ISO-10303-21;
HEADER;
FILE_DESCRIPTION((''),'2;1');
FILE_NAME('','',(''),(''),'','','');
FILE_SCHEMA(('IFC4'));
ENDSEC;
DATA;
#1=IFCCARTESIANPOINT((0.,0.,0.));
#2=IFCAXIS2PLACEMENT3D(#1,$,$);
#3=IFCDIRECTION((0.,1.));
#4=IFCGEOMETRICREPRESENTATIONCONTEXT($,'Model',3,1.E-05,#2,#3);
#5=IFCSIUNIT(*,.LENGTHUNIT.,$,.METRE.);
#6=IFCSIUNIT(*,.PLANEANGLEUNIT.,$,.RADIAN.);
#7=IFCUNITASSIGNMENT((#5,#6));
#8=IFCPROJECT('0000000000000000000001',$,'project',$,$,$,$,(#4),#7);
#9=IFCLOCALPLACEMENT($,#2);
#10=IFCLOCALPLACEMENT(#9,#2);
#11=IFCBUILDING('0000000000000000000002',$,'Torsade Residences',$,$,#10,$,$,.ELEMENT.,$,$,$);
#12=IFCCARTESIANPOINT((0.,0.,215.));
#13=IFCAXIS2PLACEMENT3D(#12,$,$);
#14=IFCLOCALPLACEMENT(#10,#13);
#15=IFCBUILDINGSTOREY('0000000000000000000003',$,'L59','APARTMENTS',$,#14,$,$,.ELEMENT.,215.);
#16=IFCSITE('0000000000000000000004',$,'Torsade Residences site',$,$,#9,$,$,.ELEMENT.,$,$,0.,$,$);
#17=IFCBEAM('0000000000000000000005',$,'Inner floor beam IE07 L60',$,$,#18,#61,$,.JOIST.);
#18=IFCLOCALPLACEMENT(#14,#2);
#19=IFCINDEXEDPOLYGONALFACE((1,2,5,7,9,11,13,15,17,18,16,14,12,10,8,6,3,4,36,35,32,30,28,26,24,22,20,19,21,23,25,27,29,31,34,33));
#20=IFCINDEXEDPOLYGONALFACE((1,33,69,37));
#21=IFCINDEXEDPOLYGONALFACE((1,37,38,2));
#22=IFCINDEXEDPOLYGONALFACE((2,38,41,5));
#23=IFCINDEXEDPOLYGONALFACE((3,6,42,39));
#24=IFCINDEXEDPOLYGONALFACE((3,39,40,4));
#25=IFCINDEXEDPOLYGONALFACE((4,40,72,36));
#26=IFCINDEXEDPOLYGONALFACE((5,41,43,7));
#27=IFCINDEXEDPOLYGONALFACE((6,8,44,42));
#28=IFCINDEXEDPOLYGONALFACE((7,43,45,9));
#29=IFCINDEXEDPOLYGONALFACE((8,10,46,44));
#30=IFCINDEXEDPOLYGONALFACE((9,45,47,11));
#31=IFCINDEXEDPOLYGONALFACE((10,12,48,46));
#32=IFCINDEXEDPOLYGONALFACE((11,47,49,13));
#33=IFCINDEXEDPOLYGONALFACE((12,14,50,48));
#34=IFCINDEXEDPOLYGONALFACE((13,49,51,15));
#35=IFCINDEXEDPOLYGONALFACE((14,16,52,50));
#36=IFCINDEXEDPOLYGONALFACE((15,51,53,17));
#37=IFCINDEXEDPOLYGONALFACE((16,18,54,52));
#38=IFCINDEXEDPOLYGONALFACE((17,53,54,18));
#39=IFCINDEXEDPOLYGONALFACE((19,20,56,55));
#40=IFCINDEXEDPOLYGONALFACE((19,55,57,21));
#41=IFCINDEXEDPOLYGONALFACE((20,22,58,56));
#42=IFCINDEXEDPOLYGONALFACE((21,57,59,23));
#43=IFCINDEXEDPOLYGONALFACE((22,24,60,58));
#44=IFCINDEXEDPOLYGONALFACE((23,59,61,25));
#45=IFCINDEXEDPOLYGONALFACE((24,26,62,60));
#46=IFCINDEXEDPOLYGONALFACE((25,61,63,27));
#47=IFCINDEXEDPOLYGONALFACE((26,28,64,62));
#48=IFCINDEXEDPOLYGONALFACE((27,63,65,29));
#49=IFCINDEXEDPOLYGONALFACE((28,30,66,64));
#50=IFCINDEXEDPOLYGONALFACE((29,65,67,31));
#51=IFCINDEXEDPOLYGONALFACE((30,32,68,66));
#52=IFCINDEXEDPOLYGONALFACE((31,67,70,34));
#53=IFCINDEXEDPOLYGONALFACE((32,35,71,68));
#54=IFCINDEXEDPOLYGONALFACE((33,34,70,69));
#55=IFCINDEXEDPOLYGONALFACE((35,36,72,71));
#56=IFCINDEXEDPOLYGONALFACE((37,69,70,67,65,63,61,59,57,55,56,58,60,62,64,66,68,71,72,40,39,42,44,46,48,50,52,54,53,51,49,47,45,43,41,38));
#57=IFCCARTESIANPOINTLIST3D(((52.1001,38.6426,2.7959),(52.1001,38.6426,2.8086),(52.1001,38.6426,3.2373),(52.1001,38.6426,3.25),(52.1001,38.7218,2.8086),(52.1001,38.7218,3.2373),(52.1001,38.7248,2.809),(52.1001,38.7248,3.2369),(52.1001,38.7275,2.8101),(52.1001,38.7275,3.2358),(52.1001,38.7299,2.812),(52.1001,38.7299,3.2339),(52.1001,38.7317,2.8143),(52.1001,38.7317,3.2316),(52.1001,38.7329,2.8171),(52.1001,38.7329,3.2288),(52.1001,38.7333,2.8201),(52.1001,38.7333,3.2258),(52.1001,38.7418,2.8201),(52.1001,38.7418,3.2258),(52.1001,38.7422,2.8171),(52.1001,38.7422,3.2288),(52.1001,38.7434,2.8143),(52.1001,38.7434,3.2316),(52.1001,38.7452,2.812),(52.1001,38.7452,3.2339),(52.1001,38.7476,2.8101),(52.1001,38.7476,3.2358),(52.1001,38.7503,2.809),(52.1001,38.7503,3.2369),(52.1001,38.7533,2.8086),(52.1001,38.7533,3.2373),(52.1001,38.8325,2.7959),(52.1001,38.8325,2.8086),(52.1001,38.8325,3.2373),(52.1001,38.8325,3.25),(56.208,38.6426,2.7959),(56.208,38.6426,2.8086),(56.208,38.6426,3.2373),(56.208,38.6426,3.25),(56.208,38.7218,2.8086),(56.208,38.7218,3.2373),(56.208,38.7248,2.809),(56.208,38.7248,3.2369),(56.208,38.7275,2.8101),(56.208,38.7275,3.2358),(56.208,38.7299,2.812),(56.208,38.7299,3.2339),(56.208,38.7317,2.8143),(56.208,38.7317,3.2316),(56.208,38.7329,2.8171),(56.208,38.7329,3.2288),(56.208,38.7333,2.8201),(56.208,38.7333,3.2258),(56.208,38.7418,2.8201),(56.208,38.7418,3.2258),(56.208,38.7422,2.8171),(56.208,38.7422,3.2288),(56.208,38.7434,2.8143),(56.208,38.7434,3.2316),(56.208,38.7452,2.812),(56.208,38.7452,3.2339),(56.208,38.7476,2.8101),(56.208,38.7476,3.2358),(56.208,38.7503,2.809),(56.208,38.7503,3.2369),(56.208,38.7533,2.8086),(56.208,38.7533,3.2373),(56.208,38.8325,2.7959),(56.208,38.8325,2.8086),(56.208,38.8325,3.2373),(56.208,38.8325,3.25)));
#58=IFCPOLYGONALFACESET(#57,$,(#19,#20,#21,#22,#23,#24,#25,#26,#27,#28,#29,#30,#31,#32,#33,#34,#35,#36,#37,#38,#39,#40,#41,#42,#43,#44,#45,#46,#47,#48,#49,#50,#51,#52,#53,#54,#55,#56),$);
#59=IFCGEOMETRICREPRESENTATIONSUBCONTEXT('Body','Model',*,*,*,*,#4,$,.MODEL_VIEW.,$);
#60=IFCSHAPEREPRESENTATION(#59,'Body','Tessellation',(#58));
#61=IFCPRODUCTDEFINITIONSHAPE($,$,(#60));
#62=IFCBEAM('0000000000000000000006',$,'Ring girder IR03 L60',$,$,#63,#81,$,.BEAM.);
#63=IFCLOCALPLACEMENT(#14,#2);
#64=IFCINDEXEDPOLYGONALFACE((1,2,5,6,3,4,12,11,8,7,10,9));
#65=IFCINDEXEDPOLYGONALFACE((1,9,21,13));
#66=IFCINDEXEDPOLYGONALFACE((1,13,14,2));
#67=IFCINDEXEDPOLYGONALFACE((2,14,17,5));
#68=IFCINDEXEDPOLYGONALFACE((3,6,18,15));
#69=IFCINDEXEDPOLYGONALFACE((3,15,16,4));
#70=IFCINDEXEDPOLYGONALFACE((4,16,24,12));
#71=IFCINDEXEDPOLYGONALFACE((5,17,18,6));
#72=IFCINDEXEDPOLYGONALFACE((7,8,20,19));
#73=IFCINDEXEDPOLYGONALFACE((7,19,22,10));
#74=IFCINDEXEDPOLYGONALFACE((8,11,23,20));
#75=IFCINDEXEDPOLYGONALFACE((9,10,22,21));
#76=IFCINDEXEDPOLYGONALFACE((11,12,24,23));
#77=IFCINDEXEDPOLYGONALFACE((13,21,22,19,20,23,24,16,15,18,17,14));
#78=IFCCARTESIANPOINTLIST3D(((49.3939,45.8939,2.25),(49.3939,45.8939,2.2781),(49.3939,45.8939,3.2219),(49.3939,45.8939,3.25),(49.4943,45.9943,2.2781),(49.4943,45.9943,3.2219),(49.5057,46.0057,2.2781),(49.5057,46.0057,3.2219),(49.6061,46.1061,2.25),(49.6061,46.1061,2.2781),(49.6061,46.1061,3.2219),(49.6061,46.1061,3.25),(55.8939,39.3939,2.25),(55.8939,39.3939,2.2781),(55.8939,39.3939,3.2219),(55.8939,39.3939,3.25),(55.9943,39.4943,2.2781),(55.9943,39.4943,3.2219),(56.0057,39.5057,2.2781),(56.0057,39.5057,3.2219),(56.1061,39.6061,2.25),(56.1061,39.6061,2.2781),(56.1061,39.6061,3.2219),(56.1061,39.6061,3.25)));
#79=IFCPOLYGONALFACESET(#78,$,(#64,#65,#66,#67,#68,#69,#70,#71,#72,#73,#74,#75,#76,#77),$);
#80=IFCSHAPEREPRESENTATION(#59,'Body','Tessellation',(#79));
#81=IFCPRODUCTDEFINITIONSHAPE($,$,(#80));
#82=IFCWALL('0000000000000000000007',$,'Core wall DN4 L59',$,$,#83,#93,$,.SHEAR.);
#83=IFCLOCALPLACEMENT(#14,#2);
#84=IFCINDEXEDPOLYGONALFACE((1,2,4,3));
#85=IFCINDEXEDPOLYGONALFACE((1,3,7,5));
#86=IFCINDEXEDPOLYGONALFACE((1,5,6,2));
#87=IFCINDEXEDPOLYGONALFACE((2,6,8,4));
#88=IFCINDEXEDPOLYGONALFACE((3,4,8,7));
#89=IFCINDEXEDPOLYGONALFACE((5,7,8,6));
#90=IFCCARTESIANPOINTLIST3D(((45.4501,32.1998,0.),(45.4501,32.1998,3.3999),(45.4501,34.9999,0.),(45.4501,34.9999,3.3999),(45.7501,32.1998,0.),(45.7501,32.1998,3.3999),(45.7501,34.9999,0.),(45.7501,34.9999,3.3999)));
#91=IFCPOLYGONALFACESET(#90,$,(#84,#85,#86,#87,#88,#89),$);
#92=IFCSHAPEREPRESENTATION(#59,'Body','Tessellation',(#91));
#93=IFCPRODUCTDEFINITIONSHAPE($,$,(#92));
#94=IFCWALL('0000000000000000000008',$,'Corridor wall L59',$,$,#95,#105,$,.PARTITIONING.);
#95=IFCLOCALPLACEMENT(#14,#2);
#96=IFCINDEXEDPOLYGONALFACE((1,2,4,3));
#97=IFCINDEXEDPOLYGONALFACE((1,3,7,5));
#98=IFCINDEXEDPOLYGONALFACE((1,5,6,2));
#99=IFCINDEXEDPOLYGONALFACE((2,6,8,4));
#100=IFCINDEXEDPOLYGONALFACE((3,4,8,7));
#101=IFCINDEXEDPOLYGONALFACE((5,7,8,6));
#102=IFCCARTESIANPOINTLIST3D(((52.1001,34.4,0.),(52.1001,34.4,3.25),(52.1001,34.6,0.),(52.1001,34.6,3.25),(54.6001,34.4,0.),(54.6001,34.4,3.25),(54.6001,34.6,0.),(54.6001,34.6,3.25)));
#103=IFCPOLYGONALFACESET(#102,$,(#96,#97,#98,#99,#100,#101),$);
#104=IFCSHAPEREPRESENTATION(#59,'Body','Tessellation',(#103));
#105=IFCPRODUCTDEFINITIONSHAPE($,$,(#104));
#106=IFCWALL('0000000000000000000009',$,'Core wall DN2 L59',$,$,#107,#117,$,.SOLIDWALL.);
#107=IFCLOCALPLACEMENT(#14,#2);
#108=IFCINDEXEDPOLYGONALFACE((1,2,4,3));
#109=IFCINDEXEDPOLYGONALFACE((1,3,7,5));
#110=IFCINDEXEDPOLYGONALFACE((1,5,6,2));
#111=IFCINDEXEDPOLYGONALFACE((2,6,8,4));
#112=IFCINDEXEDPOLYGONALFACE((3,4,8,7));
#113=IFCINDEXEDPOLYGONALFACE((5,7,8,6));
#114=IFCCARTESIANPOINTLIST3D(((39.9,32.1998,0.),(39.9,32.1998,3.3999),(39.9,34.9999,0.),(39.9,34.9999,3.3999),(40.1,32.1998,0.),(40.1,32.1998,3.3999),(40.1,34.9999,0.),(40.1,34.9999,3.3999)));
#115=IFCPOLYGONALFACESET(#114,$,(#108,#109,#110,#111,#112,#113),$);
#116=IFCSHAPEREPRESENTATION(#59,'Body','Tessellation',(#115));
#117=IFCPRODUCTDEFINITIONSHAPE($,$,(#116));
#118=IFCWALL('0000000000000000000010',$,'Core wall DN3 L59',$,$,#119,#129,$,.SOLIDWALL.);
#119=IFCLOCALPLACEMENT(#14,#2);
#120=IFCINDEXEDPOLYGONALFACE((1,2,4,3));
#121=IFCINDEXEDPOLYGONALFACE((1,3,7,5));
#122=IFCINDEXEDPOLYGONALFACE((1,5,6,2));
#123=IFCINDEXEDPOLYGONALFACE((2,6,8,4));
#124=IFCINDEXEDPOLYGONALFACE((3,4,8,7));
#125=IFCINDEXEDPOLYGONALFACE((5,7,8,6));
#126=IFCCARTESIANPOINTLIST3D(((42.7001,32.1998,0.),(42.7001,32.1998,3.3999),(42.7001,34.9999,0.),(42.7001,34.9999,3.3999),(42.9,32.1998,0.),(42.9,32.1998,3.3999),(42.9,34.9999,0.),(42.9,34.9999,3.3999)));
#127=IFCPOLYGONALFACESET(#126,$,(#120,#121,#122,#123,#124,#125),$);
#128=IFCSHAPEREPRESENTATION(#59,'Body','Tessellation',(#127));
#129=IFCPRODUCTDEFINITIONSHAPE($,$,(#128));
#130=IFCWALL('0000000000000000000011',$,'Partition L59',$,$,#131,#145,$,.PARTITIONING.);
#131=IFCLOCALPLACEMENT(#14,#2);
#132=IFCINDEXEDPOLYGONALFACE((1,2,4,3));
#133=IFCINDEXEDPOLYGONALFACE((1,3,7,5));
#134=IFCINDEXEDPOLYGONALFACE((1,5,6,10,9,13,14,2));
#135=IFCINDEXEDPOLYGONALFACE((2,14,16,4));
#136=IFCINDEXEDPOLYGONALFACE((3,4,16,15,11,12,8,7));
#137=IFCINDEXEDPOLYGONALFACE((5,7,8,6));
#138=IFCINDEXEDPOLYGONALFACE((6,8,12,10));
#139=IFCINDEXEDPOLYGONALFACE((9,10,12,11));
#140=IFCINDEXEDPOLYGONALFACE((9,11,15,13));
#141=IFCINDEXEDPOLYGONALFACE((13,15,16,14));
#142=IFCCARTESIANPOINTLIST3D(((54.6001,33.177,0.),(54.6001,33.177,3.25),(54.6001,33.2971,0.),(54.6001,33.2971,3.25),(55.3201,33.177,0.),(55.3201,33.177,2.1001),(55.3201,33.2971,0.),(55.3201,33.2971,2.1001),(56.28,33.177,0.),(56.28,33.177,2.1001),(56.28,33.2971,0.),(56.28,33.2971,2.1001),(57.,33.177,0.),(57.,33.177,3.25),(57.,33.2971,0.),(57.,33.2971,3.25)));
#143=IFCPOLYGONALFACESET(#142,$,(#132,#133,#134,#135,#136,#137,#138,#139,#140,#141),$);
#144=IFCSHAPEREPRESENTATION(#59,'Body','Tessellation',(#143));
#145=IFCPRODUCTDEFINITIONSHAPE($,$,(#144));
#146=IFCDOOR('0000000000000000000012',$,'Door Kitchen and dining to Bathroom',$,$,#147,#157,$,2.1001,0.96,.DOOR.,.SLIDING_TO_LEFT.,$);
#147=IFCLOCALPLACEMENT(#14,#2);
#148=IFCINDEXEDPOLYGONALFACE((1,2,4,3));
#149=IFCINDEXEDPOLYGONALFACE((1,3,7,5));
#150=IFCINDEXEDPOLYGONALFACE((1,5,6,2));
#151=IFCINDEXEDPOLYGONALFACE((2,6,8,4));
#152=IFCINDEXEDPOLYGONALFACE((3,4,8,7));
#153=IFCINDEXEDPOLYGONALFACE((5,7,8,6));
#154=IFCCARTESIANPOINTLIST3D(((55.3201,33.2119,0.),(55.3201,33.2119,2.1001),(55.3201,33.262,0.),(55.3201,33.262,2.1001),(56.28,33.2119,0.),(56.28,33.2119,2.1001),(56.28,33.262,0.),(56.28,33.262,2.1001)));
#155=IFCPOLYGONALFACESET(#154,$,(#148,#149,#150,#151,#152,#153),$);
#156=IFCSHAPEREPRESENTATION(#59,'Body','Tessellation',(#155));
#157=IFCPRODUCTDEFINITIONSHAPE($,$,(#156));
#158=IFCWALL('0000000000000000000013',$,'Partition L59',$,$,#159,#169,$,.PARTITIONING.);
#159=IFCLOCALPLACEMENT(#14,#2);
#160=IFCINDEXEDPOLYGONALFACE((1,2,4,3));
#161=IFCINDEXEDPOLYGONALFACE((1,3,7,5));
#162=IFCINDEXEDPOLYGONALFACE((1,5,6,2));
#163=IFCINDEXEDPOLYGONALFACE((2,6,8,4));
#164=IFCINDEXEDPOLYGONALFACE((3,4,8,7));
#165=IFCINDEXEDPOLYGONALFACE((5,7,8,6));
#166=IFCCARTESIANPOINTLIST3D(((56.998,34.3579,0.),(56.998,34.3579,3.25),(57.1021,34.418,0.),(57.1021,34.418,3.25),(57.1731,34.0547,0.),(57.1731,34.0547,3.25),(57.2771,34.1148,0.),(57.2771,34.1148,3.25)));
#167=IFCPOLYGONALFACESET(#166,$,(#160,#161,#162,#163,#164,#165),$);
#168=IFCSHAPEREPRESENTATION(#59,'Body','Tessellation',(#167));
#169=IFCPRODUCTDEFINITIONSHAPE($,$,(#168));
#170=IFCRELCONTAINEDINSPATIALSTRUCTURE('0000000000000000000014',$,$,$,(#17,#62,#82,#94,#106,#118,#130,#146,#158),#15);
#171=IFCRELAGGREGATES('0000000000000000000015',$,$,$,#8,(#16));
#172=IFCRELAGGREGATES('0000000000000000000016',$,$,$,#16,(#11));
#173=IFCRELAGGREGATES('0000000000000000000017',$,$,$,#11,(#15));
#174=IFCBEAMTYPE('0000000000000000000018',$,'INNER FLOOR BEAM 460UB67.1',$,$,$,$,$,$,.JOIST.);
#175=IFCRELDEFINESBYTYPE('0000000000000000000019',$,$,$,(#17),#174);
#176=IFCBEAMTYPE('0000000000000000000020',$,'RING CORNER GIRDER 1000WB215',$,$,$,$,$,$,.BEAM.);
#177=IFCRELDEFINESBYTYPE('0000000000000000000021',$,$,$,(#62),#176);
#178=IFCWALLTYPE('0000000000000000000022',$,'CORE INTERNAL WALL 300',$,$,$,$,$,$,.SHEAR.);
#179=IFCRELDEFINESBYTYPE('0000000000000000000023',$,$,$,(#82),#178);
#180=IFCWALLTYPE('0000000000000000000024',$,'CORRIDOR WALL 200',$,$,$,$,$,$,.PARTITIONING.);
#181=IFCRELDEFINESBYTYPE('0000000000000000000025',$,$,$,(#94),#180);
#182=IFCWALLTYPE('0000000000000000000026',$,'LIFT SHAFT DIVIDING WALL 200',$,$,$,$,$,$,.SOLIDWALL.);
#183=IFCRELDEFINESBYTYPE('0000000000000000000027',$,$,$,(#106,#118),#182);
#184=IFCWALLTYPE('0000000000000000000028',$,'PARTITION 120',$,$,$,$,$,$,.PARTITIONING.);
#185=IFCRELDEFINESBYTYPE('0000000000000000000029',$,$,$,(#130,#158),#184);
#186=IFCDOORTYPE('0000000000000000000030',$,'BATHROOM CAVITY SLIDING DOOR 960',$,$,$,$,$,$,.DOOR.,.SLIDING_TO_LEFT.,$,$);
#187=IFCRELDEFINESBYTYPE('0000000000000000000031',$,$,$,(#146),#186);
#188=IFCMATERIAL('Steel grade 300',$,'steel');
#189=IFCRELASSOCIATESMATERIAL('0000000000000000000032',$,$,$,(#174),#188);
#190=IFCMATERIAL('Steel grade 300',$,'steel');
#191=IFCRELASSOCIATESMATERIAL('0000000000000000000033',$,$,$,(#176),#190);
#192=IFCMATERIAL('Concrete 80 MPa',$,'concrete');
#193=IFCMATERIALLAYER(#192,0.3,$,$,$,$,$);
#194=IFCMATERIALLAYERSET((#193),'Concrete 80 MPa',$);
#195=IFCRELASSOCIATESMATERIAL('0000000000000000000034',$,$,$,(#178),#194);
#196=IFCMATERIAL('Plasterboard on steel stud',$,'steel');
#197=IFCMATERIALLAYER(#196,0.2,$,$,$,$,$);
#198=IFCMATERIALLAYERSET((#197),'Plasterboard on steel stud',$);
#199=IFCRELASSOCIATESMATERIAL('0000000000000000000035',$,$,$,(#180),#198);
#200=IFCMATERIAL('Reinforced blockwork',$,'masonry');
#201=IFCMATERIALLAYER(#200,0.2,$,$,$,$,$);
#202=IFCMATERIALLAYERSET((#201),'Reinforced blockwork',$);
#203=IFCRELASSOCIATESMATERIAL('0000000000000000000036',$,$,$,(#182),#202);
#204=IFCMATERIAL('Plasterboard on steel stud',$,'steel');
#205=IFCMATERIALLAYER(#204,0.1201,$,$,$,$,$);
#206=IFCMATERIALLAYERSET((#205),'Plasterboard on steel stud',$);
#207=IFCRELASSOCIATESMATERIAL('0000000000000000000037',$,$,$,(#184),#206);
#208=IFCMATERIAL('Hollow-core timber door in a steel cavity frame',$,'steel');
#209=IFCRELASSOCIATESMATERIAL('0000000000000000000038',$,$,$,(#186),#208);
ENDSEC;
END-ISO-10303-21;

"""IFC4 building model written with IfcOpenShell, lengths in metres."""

from ifc_helpers import new_model, si_unit, direction, frame, frame_2d, origin, origin_2d, place, context, subcontext, project, spatial, rectangle, i_section, extrude, material, layer, layer_set, material_profile, profile_set, type_object, element, fill, save


model = new_model("IFC4")

# Units and contexts
model_context = context("Model", 3, precision=1e-05, world=origin(), true_north=direction((0.0, 1.0)))
body_context = subcontext(model_context, "Body", "Model", "MODEL_VIEW")
ifc_project = project(units=[si_unit("LENGTHUNIT", "METRE"), si_unit("PLANEANGLEUNIT", "RADIAN")], contexts=[model_context])

# Site, building, storey
site_placement = place(None, origin())
site = spatial("IfcSite", under=ifc_project, at=site_placement, Name="Torsade Residences site", CompositionType="ELEMENT", RefElevation=0.0)
building_placement = place(site_placement, origin())
building = spatial("IfcBuilding", under=site, at=building_placement, Name="Torsade Residences", CompositionType="ELEMENT")
storey_placement = place(building_placement, frame((0.0, 0.0, 215.0)))
storey = spatial("IfcBuildingStorey", under=building, at=storey_placement, Name="L59", Description="APARTMENTS", CompositionType="ELEMENT", Elevation=215.0)

# Beams
ifc_material_1 = material(Name="Steel grade 300", Category="steel")
ifc_material_profile_1 = material_profile(ifc_material_1, i_section(OverallWidth=0.1899, OverallDepth=0.4541, WebThickness=0.0085, FlangeThickness=0.0127, FilletRadius=0.0115, at=origin_2d()), Name="460UB67.1")
ifc_profile_set_1 = profile_set([ifc_material_profile_1], Name="Steel grade 300")
beam_type_1 = type_object("IfcBeamType", Name="INNER FLOOR BEAM 460UB67.1", PredefinedType="JOIST", material=ifc_profile_set_1)
beam_1_placement = place(storey_placement, frame((52.1001, 38.7375, 3.0229), z_axis=(1.0, 0.0, 0.0), x_axis=(0.0, 1.0, 0.0)))
element("IfcBeam", 1, at=beam_1_placement, inside=storey, type_object=beam_type_1, Name="Inner floor beam IE07 L60", PredefinedType="JOIST", context=body_context, shape_type="SweptSolid", body=[
    extrude(i_section(OverallWidth=0.1899, OverallDepth=0.4541, WebThickness=0.0085, FlangeThickness=0.0127, FilletRadius=0.0115, at=origin_2d()), origin(), (0.0, 0.0, 1.0), 4.1079),
])
ifc_material_2 = material(Name="Steel grade 300", Category="steel")
ifc_material_profile_2 = material_profile(ifc_material_2, i_section(OverallWidth=0.3, OverallDepth=1.0, WebThickness=0.0161, FlangeThickness=0.0281, at=origin_2d()), Name="1000WB215")
ifc_profile_set_2 = profile_set([ifc_material_profile_2], Name="Steel grade 300")
beam_type_2 = type_object("IfcBeamType", Name="RING CORNER GIRDER 1000WB215", PredefinedType="BEAM", material=ifc_profile_set_2)
beam_2_placement = place(storey_placement, frame((56.0, 39.5, 2.75), z_axis=(-0.707107, 0.707107, 0.0), x_axis=(-0.707107, -0.707107, 0.0)))
element("IfcBeam", 2, at=beam_2_placement, inside=storey, type_object=beam_type_2, Name="Ring girder IR03 L60", PredefinedType="BEAM", context=body_context, shape_type="SweptSolid", body=[
    extrude(i_section(OverallWidth=0.3, OverallDepth=1.0, WebThickness=0.0161, FlangeThickness=0.0281, at=origin_2d()), origin(), (0.0, 0.0, 1.0), 9.1924),
])

# Walls
ifc_material_3 = material(Name="Concrete 80 MPa", Category="concrete")
ifc_layer_1 = layer(ifc_material_3, 0.3)
ifc_layer_set_1 = layer_set([ifc_layer_1], Name="Concrete 80 MPa")
wall_type_1 = type_object("IfcWallType", Name="CORE INTERNAL WALL 300", PredefinedType="SHEAR", material=ifc_layer_set_1)
wall_1_placement = place(storey_placement, frame((45.6001, 32.2, 0.0), z_axis=(0.0, 0.0, 1.0), x_axis=(0.0, 1.0, 0.0)))
element("IfcWall", 3, at=wall_1_placement, inside=storey, type_object=wall_type_1, Name="Core wall DN4 L59", PredefinedType="SHEAR", context=body_context, shape_type="SweptSolid", body=[
    extrude(rectangle(XDim=2.8, YDim=0.3, at=frame_2d((1.3999, 0.0))), origin(), (0.0, 0.0, 1.0), 3.3999),
])
ifc_material_4 = material(Name="Plasterboard on steel stud", Category="steel")
ifc_layer_2 = layer(ifc_material_4, 0.2)
ifc_layer_set_2 = layer_set([ifc_layer_2], Name="Plasterboard on steel stud")
wall_type_2 = type_object("IfcWallType", Name="CORRIDOR WALL 200", PredefinedType="PARTITIONING", material=ifc_layer_set_2)
wall_2_placement = place(storey_placement, frame((52.1001, 34.5, 0.0), z_axis=(0.0, 0.0, 1.0), x_axis=(1.0, 0.0, 0.0)))
element("IfcWall", 4, at=wall_2_placement, inside=storey, type_object=wall_type_2, Name="Corridor wall L59", PredefinedType="PARTITIONING", context=body_context, shape_type="SweptSolid", body=[
    extrude(rectangle(XDim=2.5, YDim=0.2, at=frame_2d((1.25, 0.0))), origin(), (0.0, 0.0, 1.0), 3.25),
])
ifc_material_5 = material(Name="Reinforced blockwork", Category="masonry")
ifc_layer_3 = layer(ifc_material_5, 0.2)
ifc_layer_set_3 = layer_set([ifc_layer_3], Name="Reinforced blockwork")
wall_type_3 = type_object("IfcWallType", Name="LIFT SHAFT DIVIDING WALL 200", PredefinedType="SOLIDWALL", material=ifc_layer_set_3)
for number, where, z_axis, x_axis, name in (
    (5, (40.0, 32.2, 0.0), (0.0, 0.0, 1.0), (0.0, 1.0, 0.0), "Core wall DN2 L59"),
    (6, (42.8, 32.2, 0.0), (0.0, 0.0, 1.0), (0.0, 1.0, 0.0), "Core wall DN3 L59"),
):
    element("IfcWall", number, at=place(storey_placement, frame(where, z_axis=z_axis, x_axis=x_axis)), inside=storey, type_object=wall_type_3, Name=name, PredefinedType="SOLIDWALL", context=body_context, shape_type="SweptSolid", body=[
        extrude(rectangle(XDim=2.8, YDim=0.2, at=frame_2d((1.3999, 0.0))), origin(), (0.0, 0.0, 1.0), 3.3999),
    ])

# Wall, opening, door
ifc_material_6 = material(Name="Plasterboard on steel stud", Category="steel")
ifc_layer_4 = layer(ifc_material_6, 0.1201)
ifc_layer_set_4 = layer_set([ifc_layer_4], Name="Plasterboard on steel stud")
wall_type_4 = type_object("IfcWallType", Name="PARTITION 120", PredefinedType="PARTITIONING", material=ifc_layer_set_4)
wall_3_placement = place(storey_placement, frame((54.6001, 33.2371, 0.0), z_axis=(0.0, 0.0, 1.0), x_axis=(1.0, 0.0, 0.0)))
wall_3 = element("IfcWall", 7, at=wall_3_placement, inside=storey, type_object=wall_type_4, Name="Partition L59", PredefinedType="PARTITIONING", context=body_context, shape_type="SweptSolid", body=[
    extrude(rectangle(XDim=2.3999, YDim=0.1201, at=frame_2d((1.2, 0.0))), origin(), (0.0, 0.0, 1.0), 3.25),
])
opening_1_placement = place(wall_3_placement, frame((0.72, 0.0, 0.0)))
opening_1 = element("IfcOpeningElement", 8, at=opening_1_placement, cuts=wall_3, PredefinedType="OPENING", context=body_context, shape_type="SweptSolid", body=[
    extrude(rectangle(XDim=0.96, YDim=2.1001, at=frame_2d((0.48, 1.05))), frame((0.0, 0.0701, 0.0), z_axis=(0.0, -1.0, 0.0), x_axis=(1.0, 0.0, 0.0)), (0.0, 0.0, 1.0), 0.1401),
])
ifc_material_7 = material(Name="Hollow-core timber door in a steel cavity frame", Category="steel")
door_type_1 = type_object("IfcDoorType", Name="BATHROOM CAVITY SLIDING DOOR 960", OperationType="SLIDING_TO_LEFT", PredefinedType="DOOR", material=ifc_material_7)
door_1_placement = place(opening_1_placement, origin())
door_1 = element("IfcDoor", 9, at=door_1_placement, inside=storey, type_object=door_type_1, Name="Door Kitchen and dining to Bathroom", OperationType="SLIDING_TO_LEFT", OverallHeight=2.1001, OverallWidth=0.96, PredefinedType="DOOR", context=body_context, shape_type="SweptSolid", body=[
    extrude(rectangle(XDim=0.96, YDim=2.1001, at=frame_2d((0.48, 1.05))), frame((0.0, 0.0249, 0.0), z_axis=(0.0, -1.0, 0.0), x_axis=(1.0, 0.0, 0.0)), (0.0, 0.0, 1.0), 0.05),
])
fill(opening_1, door_1)

# Wall
wall_4_placement = place(storey_placement, frame((57.05, 34.3879, 0.0), z_axis=(0.0, 0.0, 1.0), x_axis=(0.499964, -0.866046, 0.0)))
element("IfcWall", 10, at=wall_4_placement, inside=storey, type_object=wall_type_4, Name="Partition L59", PredefinedType="PARTITIONING", context=body_context, shape_type="SweptSolid", body=[
    extrude(rectangle(XDim=0.3501, YDim=0.1201, at=frame_2d((0.175, 0.0))), origin(), (0.0, 0.0, 1.0), 3.25),
])

save(model, "model.ifc")
